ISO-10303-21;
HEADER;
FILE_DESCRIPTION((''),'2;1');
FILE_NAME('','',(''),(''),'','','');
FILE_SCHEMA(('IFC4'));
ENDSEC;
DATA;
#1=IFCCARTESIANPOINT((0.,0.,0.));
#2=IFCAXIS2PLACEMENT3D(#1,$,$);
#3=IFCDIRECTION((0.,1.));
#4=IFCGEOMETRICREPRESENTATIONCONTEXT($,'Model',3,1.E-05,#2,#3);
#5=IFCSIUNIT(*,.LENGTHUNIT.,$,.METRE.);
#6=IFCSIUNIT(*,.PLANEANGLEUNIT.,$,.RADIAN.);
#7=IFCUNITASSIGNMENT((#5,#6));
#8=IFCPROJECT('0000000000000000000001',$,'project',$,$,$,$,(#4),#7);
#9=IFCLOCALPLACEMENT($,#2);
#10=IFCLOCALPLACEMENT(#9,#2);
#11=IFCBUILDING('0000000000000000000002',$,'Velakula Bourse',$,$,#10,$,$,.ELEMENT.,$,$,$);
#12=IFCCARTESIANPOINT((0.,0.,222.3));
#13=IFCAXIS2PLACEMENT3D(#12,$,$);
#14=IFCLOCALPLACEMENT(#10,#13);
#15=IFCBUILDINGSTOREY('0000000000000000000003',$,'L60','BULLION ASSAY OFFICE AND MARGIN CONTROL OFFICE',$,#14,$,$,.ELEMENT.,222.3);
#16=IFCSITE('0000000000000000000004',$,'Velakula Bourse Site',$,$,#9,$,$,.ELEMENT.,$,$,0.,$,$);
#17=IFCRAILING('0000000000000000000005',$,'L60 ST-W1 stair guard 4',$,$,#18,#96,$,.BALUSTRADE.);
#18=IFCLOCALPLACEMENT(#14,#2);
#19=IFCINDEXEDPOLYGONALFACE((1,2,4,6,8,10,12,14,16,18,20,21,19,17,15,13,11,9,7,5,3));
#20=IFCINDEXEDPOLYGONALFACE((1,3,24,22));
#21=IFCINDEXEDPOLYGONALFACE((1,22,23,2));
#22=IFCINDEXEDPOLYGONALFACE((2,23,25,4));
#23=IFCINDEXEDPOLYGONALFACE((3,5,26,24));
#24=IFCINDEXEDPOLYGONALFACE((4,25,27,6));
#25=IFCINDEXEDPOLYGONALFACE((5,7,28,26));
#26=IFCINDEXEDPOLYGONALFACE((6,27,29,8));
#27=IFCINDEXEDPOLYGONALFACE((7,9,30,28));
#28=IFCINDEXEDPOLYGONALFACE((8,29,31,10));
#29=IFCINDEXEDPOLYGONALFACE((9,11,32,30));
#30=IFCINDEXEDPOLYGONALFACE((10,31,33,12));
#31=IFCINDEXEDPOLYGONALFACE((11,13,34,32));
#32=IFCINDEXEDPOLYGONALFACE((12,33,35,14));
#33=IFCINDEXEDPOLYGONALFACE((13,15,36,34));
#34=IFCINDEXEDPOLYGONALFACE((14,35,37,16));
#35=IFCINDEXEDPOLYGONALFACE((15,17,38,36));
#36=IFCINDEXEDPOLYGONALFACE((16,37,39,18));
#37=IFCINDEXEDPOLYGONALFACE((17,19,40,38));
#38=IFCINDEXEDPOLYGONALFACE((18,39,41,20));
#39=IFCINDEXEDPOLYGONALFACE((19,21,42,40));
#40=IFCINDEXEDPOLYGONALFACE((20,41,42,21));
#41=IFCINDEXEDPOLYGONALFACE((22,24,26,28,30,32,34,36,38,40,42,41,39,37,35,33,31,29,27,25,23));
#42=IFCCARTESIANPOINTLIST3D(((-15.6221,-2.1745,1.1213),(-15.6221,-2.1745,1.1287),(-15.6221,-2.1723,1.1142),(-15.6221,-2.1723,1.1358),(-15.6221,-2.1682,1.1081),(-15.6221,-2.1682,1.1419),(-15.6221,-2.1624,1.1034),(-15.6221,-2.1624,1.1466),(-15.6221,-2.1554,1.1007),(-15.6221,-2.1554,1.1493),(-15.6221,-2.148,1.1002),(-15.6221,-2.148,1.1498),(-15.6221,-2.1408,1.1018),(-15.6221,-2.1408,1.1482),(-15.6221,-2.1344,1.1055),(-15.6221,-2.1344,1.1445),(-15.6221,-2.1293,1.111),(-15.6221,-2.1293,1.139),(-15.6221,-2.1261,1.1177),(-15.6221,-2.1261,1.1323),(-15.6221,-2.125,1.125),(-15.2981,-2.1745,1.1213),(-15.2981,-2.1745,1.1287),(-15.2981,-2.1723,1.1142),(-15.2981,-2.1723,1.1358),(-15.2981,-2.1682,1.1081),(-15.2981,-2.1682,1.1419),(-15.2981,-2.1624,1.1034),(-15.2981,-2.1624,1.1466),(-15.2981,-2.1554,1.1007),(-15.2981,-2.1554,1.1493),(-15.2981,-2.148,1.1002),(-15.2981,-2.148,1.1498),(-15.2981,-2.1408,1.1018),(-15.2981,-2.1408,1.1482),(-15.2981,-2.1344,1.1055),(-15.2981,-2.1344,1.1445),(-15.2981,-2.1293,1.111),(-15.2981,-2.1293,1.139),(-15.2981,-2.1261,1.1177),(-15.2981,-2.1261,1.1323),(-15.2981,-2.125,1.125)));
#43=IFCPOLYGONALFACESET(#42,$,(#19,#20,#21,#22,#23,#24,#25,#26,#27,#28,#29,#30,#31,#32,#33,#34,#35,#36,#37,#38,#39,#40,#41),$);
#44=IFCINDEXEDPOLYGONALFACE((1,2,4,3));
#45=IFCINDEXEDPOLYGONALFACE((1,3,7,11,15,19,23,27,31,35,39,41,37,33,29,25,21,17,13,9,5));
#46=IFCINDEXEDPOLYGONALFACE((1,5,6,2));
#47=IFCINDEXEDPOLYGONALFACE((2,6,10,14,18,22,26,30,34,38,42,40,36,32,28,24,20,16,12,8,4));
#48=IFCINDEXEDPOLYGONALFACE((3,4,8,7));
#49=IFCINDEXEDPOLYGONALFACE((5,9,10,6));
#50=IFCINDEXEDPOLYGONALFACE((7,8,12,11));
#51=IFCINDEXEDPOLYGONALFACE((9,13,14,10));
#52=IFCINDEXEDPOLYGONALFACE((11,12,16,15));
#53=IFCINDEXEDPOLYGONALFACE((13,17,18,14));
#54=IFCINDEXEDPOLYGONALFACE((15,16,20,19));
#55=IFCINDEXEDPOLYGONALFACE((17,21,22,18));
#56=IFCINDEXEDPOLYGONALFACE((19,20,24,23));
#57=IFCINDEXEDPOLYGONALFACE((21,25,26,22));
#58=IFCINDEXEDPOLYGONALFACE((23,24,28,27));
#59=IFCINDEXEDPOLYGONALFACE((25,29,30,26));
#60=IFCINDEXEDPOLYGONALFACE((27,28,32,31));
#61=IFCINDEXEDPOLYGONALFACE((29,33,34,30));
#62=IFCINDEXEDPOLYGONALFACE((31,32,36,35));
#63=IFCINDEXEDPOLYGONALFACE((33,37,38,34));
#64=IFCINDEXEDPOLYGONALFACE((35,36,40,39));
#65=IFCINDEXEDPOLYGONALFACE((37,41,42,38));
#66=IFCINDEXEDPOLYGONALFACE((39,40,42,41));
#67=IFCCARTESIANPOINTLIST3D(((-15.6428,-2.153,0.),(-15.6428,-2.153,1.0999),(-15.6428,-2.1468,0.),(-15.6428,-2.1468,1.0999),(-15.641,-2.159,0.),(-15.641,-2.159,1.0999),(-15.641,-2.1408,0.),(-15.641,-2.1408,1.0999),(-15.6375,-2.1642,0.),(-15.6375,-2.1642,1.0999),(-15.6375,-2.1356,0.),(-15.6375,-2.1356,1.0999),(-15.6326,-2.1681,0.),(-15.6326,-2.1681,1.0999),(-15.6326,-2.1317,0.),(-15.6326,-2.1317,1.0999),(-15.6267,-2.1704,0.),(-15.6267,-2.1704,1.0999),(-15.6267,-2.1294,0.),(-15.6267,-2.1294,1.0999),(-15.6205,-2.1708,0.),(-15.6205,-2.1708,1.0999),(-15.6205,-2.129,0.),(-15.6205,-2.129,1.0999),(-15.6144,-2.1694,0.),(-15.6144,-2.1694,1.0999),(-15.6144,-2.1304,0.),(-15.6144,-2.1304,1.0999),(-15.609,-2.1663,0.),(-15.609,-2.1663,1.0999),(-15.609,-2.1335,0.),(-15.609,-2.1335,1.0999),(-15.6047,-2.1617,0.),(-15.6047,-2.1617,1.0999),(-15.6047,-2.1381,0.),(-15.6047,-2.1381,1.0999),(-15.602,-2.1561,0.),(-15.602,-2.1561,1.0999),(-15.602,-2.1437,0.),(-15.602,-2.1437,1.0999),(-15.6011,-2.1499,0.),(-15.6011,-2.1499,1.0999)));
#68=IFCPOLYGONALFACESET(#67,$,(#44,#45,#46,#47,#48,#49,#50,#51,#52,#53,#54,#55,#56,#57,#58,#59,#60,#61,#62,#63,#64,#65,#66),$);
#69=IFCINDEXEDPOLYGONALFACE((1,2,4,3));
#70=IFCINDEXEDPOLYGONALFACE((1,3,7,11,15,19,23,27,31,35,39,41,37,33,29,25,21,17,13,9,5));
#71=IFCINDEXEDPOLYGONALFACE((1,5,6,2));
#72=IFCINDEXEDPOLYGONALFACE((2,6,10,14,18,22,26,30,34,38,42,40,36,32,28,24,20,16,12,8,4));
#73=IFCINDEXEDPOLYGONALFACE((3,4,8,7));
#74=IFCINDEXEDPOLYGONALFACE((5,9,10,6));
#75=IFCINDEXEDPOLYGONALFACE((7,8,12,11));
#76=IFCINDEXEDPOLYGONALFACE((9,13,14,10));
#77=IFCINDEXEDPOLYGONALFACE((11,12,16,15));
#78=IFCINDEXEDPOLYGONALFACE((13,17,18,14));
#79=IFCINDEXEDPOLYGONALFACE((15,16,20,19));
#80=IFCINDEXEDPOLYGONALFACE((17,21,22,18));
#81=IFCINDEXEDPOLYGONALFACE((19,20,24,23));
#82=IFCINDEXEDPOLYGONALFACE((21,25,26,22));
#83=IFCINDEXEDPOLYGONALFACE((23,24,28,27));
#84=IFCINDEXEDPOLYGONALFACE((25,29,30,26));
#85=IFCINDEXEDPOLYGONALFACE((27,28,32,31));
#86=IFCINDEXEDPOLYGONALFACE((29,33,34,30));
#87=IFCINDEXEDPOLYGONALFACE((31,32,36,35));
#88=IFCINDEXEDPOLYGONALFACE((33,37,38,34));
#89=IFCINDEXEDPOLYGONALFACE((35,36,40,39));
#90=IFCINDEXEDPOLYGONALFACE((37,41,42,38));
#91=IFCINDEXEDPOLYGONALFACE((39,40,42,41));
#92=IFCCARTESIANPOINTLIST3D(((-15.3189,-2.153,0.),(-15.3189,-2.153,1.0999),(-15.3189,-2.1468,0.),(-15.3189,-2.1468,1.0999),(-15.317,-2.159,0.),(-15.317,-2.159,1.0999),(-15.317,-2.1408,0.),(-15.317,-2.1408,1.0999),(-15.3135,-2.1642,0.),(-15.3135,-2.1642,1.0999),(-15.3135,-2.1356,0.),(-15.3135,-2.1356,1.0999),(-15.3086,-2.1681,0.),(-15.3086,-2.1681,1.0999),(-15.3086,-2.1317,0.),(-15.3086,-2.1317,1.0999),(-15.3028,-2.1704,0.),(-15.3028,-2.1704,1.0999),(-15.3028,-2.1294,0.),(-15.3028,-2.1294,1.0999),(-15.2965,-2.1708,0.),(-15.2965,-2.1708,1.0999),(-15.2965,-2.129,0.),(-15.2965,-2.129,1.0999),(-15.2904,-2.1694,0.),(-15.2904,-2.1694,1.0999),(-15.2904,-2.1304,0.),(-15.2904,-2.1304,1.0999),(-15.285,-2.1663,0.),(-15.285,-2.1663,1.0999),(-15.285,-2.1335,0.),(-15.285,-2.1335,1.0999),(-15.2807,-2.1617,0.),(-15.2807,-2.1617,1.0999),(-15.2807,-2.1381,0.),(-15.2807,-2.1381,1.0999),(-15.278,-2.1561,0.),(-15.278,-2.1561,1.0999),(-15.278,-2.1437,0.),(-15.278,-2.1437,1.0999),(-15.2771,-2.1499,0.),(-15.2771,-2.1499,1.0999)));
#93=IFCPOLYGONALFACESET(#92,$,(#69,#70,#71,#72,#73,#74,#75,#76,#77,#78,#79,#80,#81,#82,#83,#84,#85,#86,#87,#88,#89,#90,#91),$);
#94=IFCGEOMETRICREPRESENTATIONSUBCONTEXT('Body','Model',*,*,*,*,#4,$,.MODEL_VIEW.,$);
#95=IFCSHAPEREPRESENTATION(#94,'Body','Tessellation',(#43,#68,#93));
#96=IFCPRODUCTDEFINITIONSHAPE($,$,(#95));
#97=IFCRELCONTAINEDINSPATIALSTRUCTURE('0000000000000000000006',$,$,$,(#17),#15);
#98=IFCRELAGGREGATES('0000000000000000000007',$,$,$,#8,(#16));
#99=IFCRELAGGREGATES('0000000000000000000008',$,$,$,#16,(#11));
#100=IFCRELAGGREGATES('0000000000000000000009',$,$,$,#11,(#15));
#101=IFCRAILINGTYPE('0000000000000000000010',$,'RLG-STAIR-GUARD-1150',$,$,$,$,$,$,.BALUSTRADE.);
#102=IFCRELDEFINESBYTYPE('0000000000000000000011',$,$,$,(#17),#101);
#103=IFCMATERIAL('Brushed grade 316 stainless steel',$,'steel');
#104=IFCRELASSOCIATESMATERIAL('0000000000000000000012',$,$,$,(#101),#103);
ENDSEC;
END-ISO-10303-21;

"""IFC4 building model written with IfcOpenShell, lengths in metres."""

from ifc_helpers import new_model, si_unit, direction, frame, origin, origin_2d, place, context, subcontext, project, spatial, circle, extrude, material, type_object, element, save


model = new_model("IFC4")

# Units and contexts
model_context = context("Model", 3, precision=1e-05, world=origin(), true_north=direction((0.0, 1.0)))
body_context = subcontext(model_context, "Body", "Model", "MODEL_VIEW")
ifc_project = project(units=[si_unit("LENGTHUNIT", "METRE"), si_unit("PLANEANGLEUNIT", "RADIAN")], contexts=[model_context])

# Site, building, storey
site_placement = place(None, origin())
site = spatial("IfcSite", under=ifc_project, at=site_placement, Name="Velakula Bourse Site", CompositionType="ELEMENT", RefElevation=0.0)
building_placement = place(site_placement, origin())
building = spatial("IfcBuilding", under=site, at=building_placement, Name="Velakula Bourse", CompositionType="ELEMENT")
storey_placement = place(building_placement, frame((0.0, 0.0, 222.3)))
storey = spatial("IfcBuildingStorey", under=building, at=storey_placement, Name="L60", Description="BULLION ASSAY OFFICE AND MARGIN CONTROL OFFICE", CompositionType="ELEMENT", Elevation=222.3)

# Shared definitions
ifc_material_1 = material(Name="Brushed grade 316 stainless steel", Category="steel")

# Railing
railing_type_1 = type_object("IfcRailingType", Name="RLG-STAIR-GUARD-1150", PredefinedType="BALUSTRADE", material=ifc_material_1)
railing_1_placement = place(storey_placement, frame((-15.6221, -2.1499, 0.0)))
element("IfcRailing", 1, at=railing_1_placement, inside=storey, type_object=railing_type_1, Name="L60 ST-W1 stair guard 4", PredefinedType="BALUSTRADE", context=body_context, shape_type="SweptSolid", body=[
    extrude(circle(Radius=0.0249, at=origin_2d()), frame((0.0, 0.0, 1.125), z_axis=(1.0, 0.0, 0.0), x_axis=(0.0, 1.0, 0.0)), (0.0, 0.0, 1.0), 0.324),
    extrude(circle(Radius=0.021, at=origin_2d()), origin(), (0.0, 0.0, 1.0), 1.0999),
    extrude(circle(Radius=0.021, at=origin_2d()), frame((0.324, 0.0, 0.0)), (0.0, 0.0, 1.0), 1.0999),
])

save(model, "model.ifc")
